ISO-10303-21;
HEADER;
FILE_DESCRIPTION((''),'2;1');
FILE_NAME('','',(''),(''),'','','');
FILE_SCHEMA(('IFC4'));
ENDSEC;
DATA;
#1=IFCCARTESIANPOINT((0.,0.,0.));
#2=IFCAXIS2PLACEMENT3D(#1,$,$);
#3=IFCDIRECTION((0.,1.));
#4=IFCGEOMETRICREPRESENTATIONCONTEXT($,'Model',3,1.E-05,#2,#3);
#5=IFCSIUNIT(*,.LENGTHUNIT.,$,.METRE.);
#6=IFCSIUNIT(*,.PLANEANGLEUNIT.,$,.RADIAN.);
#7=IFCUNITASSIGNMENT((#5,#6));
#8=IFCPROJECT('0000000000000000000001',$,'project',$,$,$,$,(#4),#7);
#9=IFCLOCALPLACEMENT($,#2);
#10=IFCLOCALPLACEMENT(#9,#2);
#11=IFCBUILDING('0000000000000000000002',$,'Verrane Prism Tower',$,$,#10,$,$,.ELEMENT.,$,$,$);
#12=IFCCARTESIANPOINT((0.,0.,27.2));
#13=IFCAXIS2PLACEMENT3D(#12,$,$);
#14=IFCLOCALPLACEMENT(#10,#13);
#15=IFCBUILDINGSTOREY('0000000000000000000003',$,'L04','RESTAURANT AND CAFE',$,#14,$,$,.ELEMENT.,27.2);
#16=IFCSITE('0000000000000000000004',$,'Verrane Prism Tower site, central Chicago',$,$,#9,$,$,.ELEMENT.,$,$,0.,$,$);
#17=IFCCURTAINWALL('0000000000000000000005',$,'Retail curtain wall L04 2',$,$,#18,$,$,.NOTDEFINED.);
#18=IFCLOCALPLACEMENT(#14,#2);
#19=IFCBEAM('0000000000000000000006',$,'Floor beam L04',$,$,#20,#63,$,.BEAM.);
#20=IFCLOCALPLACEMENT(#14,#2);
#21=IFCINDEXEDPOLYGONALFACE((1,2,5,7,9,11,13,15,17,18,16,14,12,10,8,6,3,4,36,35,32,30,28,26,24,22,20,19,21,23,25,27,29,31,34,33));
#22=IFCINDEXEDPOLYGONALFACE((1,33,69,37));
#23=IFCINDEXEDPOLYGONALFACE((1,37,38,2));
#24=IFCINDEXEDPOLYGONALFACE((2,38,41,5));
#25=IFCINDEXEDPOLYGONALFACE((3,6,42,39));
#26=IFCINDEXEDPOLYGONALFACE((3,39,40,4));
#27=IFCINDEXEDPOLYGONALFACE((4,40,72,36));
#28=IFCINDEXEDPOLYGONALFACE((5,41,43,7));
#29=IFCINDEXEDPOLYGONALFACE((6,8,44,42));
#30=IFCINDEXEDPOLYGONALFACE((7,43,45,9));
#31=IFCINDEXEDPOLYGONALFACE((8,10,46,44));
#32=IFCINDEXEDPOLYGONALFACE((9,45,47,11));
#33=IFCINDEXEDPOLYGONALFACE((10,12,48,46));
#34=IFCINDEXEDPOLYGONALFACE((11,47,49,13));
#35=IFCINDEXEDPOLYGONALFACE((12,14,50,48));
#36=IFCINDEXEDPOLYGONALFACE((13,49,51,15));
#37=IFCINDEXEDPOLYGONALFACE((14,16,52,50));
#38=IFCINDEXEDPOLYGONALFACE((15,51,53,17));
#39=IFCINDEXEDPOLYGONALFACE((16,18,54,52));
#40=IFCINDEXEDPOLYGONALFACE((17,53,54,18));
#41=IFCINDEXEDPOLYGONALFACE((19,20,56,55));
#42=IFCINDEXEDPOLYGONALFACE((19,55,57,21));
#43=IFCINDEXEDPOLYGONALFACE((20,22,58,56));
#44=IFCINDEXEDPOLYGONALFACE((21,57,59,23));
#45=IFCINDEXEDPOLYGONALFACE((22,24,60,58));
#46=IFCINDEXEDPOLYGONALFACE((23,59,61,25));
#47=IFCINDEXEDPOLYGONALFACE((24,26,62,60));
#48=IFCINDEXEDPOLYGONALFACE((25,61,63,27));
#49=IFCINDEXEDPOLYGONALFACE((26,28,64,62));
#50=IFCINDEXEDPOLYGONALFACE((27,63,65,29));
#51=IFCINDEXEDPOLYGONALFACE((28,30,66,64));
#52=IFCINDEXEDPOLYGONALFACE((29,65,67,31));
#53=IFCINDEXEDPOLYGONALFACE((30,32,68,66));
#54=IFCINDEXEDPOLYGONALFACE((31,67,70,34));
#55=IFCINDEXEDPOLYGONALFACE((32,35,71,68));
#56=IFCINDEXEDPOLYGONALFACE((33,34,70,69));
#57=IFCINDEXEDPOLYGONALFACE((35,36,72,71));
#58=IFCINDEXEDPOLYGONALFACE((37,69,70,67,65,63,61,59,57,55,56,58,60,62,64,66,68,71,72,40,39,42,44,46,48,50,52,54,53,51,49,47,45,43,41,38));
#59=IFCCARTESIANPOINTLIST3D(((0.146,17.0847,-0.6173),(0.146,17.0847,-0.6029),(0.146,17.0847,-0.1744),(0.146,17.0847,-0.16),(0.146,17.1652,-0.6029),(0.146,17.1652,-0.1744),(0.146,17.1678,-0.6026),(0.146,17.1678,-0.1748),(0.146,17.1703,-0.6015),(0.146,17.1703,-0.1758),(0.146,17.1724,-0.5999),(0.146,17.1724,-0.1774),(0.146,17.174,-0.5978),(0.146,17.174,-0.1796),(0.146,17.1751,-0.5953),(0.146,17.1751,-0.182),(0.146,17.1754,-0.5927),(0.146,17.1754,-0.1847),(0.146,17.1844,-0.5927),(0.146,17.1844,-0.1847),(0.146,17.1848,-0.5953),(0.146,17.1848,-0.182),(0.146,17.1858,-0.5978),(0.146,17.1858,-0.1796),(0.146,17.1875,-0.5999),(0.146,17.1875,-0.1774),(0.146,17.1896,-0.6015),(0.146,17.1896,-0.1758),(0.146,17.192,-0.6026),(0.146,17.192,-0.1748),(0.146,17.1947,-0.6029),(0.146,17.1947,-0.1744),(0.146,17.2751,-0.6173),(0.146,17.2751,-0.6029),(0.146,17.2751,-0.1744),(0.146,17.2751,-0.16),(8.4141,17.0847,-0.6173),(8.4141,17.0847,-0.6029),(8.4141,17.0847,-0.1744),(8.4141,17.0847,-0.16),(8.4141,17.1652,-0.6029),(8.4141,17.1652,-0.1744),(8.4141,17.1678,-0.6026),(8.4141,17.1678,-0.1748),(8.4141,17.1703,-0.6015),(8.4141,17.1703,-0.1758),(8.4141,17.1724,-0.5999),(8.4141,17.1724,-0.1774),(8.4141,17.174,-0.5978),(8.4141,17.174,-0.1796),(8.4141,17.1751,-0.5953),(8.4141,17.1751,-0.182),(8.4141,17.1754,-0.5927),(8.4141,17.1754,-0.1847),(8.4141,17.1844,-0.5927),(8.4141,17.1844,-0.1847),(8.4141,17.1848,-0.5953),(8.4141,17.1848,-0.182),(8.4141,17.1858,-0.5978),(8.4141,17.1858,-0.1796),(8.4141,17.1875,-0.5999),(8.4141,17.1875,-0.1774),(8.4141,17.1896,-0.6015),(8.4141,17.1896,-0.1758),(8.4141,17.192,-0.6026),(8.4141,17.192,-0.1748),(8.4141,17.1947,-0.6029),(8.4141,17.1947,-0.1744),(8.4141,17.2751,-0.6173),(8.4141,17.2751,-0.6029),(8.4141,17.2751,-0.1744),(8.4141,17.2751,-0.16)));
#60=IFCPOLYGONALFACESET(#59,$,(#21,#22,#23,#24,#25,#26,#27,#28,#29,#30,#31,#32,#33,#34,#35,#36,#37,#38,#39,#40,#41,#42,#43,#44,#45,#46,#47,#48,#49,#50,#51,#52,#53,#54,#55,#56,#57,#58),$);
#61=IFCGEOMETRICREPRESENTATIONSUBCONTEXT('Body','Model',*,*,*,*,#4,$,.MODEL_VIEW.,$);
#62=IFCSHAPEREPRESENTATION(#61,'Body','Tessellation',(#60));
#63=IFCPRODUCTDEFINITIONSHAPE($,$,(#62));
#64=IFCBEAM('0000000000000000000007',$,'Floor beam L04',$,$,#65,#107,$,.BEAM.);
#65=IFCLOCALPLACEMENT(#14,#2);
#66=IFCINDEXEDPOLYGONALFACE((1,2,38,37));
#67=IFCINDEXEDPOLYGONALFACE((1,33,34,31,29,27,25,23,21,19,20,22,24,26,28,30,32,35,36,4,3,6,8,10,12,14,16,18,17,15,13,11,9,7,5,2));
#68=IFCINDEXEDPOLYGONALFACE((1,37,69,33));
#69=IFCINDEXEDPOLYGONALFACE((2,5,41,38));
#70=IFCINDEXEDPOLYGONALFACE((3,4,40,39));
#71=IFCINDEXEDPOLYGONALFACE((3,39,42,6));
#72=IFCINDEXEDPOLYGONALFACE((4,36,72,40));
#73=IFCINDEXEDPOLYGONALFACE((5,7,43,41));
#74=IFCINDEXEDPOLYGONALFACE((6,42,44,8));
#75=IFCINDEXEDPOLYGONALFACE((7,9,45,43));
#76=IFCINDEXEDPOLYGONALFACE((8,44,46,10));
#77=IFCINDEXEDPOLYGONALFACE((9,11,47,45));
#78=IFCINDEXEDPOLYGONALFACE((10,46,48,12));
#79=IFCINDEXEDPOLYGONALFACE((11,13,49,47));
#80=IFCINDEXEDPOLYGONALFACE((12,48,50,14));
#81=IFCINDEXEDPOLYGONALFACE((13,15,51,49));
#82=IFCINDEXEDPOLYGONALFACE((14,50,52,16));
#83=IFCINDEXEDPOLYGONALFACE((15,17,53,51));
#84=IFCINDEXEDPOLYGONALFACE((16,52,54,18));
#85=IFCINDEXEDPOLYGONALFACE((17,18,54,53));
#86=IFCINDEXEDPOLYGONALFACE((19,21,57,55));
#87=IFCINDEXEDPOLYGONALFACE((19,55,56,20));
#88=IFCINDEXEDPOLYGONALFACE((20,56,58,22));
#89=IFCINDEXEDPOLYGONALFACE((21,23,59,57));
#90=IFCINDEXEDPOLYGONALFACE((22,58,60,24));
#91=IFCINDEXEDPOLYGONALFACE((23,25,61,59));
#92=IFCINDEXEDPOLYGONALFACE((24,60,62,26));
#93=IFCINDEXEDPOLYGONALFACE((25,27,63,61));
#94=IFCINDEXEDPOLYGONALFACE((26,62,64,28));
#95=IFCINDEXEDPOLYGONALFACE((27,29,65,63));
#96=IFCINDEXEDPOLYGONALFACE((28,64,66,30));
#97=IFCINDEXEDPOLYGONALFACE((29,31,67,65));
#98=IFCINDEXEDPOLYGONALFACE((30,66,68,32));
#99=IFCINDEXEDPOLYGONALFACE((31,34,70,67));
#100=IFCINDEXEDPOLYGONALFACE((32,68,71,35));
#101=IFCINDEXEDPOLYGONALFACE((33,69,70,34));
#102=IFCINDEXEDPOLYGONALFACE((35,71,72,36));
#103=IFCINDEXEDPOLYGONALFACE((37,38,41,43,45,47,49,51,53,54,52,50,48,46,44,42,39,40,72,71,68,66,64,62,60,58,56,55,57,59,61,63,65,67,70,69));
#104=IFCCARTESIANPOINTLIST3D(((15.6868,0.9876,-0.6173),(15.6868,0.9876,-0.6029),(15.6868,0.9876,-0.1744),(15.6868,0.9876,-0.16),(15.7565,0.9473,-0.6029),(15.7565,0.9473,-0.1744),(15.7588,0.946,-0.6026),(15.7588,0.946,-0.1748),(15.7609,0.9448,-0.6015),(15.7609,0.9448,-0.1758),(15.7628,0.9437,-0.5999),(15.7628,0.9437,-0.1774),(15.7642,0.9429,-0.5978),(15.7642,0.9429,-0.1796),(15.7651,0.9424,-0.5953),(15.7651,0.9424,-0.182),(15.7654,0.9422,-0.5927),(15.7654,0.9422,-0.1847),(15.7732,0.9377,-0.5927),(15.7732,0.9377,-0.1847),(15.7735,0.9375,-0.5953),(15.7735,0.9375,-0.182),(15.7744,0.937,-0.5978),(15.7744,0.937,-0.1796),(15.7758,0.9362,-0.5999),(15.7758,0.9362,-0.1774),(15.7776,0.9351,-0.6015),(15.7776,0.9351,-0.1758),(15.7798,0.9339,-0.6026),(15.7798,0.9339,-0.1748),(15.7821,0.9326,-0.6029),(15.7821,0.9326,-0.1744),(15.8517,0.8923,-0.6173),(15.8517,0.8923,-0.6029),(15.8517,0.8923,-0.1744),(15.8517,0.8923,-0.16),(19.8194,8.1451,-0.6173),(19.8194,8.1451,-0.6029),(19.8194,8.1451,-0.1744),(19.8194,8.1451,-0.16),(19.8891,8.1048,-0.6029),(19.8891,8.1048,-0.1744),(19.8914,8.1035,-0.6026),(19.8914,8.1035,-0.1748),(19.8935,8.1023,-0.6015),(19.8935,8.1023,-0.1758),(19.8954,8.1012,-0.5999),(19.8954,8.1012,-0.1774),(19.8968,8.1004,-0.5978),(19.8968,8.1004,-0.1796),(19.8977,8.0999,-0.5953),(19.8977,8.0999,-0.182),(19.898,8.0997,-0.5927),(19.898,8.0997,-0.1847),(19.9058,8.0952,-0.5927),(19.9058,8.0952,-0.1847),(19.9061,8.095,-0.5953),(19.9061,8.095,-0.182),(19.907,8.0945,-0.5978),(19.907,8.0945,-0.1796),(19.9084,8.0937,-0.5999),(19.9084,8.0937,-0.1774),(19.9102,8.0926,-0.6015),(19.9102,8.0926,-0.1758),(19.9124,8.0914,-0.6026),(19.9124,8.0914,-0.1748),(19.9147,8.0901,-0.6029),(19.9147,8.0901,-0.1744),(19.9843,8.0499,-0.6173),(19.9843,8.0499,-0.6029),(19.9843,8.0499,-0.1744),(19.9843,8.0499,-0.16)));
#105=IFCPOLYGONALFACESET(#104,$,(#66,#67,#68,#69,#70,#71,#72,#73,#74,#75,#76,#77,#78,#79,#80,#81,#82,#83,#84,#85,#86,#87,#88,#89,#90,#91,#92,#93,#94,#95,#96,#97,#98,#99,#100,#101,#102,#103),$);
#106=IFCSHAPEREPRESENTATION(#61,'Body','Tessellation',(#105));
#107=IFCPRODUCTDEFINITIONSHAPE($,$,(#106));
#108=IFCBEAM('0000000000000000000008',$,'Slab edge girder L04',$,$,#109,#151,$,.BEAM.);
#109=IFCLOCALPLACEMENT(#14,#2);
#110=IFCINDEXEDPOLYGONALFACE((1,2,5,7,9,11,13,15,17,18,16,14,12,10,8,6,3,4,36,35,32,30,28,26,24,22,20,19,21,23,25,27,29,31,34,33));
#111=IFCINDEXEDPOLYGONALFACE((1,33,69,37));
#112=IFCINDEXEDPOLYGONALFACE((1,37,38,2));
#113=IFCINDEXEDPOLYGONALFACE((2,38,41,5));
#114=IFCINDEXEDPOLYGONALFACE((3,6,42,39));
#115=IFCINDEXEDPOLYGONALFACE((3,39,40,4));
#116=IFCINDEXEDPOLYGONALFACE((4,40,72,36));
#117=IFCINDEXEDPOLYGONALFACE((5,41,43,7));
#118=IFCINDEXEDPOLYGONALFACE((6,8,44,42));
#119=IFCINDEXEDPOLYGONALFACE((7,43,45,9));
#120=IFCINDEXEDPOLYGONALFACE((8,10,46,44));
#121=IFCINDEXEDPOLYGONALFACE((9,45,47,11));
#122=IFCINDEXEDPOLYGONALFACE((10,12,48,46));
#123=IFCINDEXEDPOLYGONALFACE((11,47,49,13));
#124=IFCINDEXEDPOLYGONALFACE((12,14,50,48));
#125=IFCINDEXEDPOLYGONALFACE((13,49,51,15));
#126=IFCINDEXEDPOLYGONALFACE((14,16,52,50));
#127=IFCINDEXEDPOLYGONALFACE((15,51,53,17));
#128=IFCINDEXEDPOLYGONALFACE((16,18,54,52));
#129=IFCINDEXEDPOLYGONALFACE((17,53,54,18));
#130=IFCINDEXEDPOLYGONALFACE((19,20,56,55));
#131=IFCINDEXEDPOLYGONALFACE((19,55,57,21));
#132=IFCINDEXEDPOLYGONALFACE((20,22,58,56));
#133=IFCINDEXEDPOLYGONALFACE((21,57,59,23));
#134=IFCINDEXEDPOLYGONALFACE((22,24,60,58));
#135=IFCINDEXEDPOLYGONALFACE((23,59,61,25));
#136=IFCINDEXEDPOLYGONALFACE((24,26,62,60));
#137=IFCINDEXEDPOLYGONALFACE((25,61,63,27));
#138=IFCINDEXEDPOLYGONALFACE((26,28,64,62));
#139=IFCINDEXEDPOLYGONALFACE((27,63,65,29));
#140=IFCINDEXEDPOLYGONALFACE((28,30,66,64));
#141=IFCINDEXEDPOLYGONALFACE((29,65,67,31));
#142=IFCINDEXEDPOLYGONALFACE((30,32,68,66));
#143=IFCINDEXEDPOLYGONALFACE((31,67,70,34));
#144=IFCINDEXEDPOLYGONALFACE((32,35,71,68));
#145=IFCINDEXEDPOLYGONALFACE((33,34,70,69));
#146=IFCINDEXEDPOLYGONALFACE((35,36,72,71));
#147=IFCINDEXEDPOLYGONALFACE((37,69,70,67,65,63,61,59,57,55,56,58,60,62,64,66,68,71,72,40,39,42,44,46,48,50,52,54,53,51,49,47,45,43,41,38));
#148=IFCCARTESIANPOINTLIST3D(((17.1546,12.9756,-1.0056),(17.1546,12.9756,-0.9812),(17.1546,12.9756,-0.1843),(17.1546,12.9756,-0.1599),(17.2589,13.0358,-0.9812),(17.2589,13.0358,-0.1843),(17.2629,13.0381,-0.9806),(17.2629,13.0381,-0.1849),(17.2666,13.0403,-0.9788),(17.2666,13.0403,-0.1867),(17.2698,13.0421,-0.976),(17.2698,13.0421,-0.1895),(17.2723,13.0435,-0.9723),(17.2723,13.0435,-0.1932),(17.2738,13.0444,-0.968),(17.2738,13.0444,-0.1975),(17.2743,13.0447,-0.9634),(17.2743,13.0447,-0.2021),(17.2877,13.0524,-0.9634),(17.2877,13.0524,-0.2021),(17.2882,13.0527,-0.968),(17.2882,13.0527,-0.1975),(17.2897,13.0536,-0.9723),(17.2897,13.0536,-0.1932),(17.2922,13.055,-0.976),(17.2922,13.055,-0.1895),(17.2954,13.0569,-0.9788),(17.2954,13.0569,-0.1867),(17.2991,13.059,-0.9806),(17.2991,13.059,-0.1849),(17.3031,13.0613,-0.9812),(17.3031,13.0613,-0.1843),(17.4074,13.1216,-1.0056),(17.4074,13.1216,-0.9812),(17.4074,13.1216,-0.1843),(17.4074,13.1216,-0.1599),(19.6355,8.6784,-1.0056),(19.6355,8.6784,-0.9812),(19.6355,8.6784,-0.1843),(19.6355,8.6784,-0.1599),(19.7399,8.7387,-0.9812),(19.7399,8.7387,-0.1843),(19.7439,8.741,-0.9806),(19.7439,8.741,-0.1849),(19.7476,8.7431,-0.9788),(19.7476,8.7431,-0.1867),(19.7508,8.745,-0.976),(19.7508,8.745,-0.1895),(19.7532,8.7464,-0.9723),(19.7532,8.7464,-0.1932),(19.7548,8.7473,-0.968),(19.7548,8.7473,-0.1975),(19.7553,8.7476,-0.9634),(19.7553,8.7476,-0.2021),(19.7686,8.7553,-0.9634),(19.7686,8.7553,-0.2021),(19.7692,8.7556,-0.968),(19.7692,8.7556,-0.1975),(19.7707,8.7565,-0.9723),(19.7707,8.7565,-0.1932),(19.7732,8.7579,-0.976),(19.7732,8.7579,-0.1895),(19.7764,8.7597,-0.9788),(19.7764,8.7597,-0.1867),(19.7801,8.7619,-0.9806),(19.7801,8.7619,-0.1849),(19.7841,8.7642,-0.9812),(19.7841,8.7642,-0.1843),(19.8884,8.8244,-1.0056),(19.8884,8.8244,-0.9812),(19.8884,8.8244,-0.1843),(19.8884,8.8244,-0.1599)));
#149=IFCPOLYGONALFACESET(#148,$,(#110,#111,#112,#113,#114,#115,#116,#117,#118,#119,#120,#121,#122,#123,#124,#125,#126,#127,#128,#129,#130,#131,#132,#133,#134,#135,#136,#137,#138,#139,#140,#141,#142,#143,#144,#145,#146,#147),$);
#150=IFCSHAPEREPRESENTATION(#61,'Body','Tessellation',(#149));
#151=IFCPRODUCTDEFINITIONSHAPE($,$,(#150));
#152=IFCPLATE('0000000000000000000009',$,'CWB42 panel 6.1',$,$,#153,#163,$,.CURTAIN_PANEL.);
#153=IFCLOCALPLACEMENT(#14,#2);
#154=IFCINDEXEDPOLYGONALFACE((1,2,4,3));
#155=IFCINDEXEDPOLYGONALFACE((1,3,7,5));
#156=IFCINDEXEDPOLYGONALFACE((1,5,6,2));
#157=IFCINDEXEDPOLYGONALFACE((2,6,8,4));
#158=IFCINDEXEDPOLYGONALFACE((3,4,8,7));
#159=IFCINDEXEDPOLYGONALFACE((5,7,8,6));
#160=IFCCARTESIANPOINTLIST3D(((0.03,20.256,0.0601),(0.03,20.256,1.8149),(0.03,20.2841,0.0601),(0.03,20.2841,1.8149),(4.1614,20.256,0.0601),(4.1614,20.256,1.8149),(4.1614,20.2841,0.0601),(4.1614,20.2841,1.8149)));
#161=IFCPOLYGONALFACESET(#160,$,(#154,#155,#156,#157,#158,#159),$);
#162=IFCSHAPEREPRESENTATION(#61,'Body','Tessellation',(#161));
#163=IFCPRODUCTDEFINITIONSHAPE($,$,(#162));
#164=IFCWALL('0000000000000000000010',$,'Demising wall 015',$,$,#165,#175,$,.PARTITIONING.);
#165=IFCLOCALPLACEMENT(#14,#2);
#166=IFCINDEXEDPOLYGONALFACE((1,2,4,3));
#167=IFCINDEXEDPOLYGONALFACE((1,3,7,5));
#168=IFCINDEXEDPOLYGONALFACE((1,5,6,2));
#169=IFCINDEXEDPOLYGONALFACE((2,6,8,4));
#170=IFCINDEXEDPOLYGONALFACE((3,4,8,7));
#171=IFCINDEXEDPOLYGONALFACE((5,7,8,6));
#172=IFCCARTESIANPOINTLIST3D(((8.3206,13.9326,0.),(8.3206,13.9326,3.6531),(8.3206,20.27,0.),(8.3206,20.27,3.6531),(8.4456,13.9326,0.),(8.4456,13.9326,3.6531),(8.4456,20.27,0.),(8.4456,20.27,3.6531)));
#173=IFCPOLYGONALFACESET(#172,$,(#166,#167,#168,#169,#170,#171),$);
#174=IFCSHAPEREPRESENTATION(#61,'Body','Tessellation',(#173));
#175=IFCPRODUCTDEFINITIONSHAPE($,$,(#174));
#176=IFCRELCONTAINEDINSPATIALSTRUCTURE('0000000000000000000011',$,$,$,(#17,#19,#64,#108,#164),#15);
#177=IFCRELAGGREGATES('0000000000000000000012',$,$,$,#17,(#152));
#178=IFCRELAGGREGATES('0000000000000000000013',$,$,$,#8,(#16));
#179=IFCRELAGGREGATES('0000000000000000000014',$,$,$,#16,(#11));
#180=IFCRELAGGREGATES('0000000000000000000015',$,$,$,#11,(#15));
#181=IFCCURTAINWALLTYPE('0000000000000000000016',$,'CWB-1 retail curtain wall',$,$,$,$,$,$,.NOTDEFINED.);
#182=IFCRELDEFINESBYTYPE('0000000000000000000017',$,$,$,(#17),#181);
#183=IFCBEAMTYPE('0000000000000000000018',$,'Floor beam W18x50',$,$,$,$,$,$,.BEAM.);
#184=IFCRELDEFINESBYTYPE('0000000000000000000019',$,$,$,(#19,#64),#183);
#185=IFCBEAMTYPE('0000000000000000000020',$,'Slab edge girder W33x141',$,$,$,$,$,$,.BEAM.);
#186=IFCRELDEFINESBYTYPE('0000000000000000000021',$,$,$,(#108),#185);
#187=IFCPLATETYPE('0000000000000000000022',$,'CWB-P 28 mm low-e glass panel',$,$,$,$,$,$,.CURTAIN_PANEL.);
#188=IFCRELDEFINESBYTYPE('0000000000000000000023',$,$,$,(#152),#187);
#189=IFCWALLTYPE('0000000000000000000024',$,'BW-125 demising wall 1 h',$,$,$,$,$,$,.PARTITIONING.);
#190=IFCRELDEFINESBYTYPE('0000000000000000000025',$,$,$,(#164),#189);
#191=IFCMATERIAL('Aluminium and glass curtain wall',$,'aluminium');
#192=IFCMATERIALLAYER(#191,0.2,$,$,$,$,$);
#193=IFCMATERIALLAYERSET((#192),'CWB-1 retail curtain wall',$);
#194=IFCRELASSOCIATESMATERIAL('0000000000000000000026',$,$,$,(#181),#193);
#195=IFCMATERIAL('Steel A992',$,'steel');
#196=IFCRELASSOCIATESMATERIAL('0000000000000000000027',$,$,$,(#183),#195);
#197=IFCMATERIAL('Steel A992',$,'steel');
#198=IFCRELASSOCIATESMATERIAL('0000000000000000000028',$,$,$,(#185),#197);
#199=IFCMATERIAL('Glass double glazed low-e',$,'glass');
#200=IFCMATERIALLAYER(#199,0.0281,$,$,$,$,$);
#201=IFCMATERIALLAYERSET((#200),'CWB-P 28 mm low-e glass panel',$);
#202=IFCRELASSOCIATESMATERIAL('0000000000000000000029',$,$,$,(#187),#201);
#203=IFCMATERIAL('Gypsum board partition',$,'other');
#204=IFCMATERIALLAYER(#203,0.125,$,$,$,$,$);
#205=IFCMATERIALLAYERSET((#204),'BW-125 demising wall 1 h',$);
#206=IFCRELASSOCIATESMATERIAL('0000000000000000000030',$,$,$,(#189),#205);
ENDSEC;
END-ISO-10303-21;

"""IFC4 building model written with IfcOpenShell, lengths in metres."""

from ifc_helpers import new_model, si_unit, direction, frame, frame_2d, origin, origin_2d, place, context, subcontext, project, spatial, rectangle, i_section, extrude, material, layer, layer_set, material_profile, profile_set, type_object, element, aggregate, save


model = new_model("IFC4")

# Units and contexts
model_context = context("Model", 3, precision=1e-05, world=origin(), true_north=direction((0.0, 1.0)))
body_context = subcontext(model_context, "Body", "Model", "MODEL_VIEW")
ifc_project = project(units=[si_unit("LENGTHUNIT", "METRE"), si_unit("PLANEANGLEUNIT", "RADIAN")], contexts=[model_context])

# Site, building, storey
site_placement = place(None, origin())
site = spatial("IfcSite", under=ifc_project, at=site_placement, Name="Verrane Prism Tower site, central Chicago", CompositionType="ELEMENT", RefElevation=0.0)
building_placement = place(site_placement, origin())
building = spatial("IfcBuilding", under=site, at=building_placement, Name="Verrane Prism Tower", CompositionType="ELEMENT")
storey_placement = place(building_placement, frame((0.0, 0.0, 27.2)))
storey = spatial("IfcBuildingStorey", under=building, at=storey_placement, Name="L04", Description="RESTAURANT AND CAFE", CompositionType="ELEMENT", Elevation=27.2)

# Curtain wall
ifc_material_1 = material(Name="Aluminium and glass curtain wall", Category="aluminium")
ifc_layer_1 = layer(ifc_material_1, 0.2)
ifc_layer_set_1 = layer_set([ifc_layer_1], Name="CWB-1 retail curtain wall")
curtain_wall_type = type_object("IfcCurtainWallType", Name="CWB-1 retail curtain wall", PredefinedType="NOTDEFINED", material=ifc_layer_set_1)
curtain_wall_placement = place(storey_placement, origin())
curtain_wall = element("IfcCurtainWall", 1, at=curtain_wall_placement, inside=storey, type_object=curtain_wall_type, Name="Retail curtain wall L04 2", PredefinedType="NOTDEFINED")

# Beams
ifc_material_2 = material(Name="Steel A992", Category="steel")
ifc_material_profile_1 = material_profile(ifc_material_2, i_section(OverallWidth=0.1904, OverallDepth=0.4573, WebThickness=0.009, FlangeThickness=0.0144, FilletRadius=0.0103, at=origin_2d()), Name="W18x50")
ifc_profile_set_1 = profile_set([ifc_material_profile_1], Name="Steel A992")
beam_type_1 = type_object("IfcBeamType", Name="Floor beam W18x50", PredefinedType="BEAM", material=ifc_profile_set_1)
for number, where, z_axis, x_axis, name in (
    (2, (0.146, 17.1799, -0.3887), (1.0, 0.0, 0.0), (0.0, 1.0, 0.0), "Floor beam L04"),
):
    element("IfcBeam", number, at=place(storey_placement, frame(where, z_axis=z_axis, x_axis=x_axis)), inside=storey, type_object=beam_type_1, Name=name, PredefinedType="BEAM", context=body_context, shape_type="SweptSolid", body=[
        extrude(i_section(OverallWidth=0.1904, OverallDepth=0.4573, WebThickness=0.009, FlangeThickness=0.0144, FilletRadius=0.0103, at=origin_2d()), origin(), (0.0, 0.0, 1.0), 8.2681),
    ])
beam_1_placement = place(storey_placement, frame((15.7693, 0.9399, -0.3887), z_axis=(0.500018, 0.866015, 0.0), x_axis=(-0.866015, 0.500018, 0.0)))
element("IfcBeam", 3, at=beam_1_placement, inside=storey, type_object=beam_type_1, Name="Floor beam L04", PredefinedType="BEAM", context=body_context, shape_type="SweptSolid", body=[
    extrude(i_section(OverallWidth=0.1904, OverallDepth=0.4573, WebThickness=0.009, FlangeThickness=0.0144, FilletRadius=0.0103, at=origin_2d()), origin(), (0.0, 0.0, 1.0), 8.2649),
])
ifc_material_3 = material(Name="Steel A992", Category="steel")
ifc_material_profile_2 = material_profile(ifc_material_3, i_section(OverallWidth=0.292, OverallDepth=0.8457, WebThickness=0.0154, FlangeThickness=0.0244, FilletRadius=0.0178, at=origin_2d()), Name="W33x141")
ifc_profile_set_2 = profile_set([ifc_material_profile_2], Name="Steel A992")
beam_type_2 = type_object("IfcBeamType", Name="Slab edge girder W33x141", PredefinedType="BEAM", material=ifc_profile_set_2)
beam_2_placement = place(storey_placement, frame((17.281, 13.0486, -0.5828), z_axis=(0.500002, -0.866024, 0.0), x_axis=(0.866024, 0.500002, 0.0)))
element("IfcBeam", 4, at=beam_2_placement, inside=storey, type_object=beam_type_2, Name="Slab edge girder L04", PredefinedType="BEAM", context=body_context, shape_type="SweptSolid", body=[
    extrude(i_section(OverallWidth=0.292, OverallDepth=0.8457, WebThickness=0.0154, FlangeThickness=0.0244, FilletRadius=0.0178, at=origin_2d()), origin(), (0.0, 0.0, 1.0), 4.9619),
])

# Plate
ifc_material_4 = material(Name="Glass double glazed low-e", Category="glass")
ifc_layer_2 = layer(ifc_material_4, 0.0281)
ifc_layer_set_2 = layer_set([ifc_layer_2], Name="CWB-P 28 mm low-e glass panel")
plate_type = type_object("IfcPlateType", Name="CWB-P 28 mm low-e glass panel", PredefinedType="CURTAIN_PANEL", material=ifc_layer_set_2)
plate_placement = place(storey_placement, frame((2.0957, 20.27, 0.0601), z_axis=(0.0, 0.0, 1.0), x_axis=(-1.0, 0.0, 0.0)))
plate = element("IfcPlate", 5, at=plate_placement, type_object=plate_type, Name="CWB42 panel 6.1", PredefinedType="CURTAIN_PANEL", context=body_context, shape_type="SweptSolid", body=[
    extrude(rectangle(XDim=4.1313, YDim=0.0281, at=origin_2d()), origin(), (0.0, 0.0, 1.0), 1.7549),
])
aggregate(curtain_wall, [plate])

# Wall
ifc_material_5 = material(Name="Gypsum board partition", Category="other")
ifc_layer_3 = layer(ifc_material_5, 0.125)
ifc_layer_set_3 = layer_set([ifc_layer_3], Name="BW-125 demising wall 1 h")
wall_type_1 = type_object("IfcWallType", Name="BW-125 demising wall 1 h", PredefinedType="PARTITIONING", material=ifc_layer_set_3)
wall_1_placement = place(storey_placement, frame((8.3831, 13.9326, 0.0), z_axis=(0.0, 0.0, 1.0), x_axis=(0.0, 1.0, 0.0)))
element("IfcWall", 6, at=wall_1_placement, inside=storey, type_object=wall_type_1, Name="Demising wall 015", PredefinedType="PARTITIONING", context=body_context, shape_type="SweptSolid", body=[
    extrude(rectangle(XDim=6.3374, YDim=0.125, at=frame_2d((3.1687, 0.0))), origin(), (0.0, 0.0, 1.0), 3.6531),
])

save(model, "model.ifc")
